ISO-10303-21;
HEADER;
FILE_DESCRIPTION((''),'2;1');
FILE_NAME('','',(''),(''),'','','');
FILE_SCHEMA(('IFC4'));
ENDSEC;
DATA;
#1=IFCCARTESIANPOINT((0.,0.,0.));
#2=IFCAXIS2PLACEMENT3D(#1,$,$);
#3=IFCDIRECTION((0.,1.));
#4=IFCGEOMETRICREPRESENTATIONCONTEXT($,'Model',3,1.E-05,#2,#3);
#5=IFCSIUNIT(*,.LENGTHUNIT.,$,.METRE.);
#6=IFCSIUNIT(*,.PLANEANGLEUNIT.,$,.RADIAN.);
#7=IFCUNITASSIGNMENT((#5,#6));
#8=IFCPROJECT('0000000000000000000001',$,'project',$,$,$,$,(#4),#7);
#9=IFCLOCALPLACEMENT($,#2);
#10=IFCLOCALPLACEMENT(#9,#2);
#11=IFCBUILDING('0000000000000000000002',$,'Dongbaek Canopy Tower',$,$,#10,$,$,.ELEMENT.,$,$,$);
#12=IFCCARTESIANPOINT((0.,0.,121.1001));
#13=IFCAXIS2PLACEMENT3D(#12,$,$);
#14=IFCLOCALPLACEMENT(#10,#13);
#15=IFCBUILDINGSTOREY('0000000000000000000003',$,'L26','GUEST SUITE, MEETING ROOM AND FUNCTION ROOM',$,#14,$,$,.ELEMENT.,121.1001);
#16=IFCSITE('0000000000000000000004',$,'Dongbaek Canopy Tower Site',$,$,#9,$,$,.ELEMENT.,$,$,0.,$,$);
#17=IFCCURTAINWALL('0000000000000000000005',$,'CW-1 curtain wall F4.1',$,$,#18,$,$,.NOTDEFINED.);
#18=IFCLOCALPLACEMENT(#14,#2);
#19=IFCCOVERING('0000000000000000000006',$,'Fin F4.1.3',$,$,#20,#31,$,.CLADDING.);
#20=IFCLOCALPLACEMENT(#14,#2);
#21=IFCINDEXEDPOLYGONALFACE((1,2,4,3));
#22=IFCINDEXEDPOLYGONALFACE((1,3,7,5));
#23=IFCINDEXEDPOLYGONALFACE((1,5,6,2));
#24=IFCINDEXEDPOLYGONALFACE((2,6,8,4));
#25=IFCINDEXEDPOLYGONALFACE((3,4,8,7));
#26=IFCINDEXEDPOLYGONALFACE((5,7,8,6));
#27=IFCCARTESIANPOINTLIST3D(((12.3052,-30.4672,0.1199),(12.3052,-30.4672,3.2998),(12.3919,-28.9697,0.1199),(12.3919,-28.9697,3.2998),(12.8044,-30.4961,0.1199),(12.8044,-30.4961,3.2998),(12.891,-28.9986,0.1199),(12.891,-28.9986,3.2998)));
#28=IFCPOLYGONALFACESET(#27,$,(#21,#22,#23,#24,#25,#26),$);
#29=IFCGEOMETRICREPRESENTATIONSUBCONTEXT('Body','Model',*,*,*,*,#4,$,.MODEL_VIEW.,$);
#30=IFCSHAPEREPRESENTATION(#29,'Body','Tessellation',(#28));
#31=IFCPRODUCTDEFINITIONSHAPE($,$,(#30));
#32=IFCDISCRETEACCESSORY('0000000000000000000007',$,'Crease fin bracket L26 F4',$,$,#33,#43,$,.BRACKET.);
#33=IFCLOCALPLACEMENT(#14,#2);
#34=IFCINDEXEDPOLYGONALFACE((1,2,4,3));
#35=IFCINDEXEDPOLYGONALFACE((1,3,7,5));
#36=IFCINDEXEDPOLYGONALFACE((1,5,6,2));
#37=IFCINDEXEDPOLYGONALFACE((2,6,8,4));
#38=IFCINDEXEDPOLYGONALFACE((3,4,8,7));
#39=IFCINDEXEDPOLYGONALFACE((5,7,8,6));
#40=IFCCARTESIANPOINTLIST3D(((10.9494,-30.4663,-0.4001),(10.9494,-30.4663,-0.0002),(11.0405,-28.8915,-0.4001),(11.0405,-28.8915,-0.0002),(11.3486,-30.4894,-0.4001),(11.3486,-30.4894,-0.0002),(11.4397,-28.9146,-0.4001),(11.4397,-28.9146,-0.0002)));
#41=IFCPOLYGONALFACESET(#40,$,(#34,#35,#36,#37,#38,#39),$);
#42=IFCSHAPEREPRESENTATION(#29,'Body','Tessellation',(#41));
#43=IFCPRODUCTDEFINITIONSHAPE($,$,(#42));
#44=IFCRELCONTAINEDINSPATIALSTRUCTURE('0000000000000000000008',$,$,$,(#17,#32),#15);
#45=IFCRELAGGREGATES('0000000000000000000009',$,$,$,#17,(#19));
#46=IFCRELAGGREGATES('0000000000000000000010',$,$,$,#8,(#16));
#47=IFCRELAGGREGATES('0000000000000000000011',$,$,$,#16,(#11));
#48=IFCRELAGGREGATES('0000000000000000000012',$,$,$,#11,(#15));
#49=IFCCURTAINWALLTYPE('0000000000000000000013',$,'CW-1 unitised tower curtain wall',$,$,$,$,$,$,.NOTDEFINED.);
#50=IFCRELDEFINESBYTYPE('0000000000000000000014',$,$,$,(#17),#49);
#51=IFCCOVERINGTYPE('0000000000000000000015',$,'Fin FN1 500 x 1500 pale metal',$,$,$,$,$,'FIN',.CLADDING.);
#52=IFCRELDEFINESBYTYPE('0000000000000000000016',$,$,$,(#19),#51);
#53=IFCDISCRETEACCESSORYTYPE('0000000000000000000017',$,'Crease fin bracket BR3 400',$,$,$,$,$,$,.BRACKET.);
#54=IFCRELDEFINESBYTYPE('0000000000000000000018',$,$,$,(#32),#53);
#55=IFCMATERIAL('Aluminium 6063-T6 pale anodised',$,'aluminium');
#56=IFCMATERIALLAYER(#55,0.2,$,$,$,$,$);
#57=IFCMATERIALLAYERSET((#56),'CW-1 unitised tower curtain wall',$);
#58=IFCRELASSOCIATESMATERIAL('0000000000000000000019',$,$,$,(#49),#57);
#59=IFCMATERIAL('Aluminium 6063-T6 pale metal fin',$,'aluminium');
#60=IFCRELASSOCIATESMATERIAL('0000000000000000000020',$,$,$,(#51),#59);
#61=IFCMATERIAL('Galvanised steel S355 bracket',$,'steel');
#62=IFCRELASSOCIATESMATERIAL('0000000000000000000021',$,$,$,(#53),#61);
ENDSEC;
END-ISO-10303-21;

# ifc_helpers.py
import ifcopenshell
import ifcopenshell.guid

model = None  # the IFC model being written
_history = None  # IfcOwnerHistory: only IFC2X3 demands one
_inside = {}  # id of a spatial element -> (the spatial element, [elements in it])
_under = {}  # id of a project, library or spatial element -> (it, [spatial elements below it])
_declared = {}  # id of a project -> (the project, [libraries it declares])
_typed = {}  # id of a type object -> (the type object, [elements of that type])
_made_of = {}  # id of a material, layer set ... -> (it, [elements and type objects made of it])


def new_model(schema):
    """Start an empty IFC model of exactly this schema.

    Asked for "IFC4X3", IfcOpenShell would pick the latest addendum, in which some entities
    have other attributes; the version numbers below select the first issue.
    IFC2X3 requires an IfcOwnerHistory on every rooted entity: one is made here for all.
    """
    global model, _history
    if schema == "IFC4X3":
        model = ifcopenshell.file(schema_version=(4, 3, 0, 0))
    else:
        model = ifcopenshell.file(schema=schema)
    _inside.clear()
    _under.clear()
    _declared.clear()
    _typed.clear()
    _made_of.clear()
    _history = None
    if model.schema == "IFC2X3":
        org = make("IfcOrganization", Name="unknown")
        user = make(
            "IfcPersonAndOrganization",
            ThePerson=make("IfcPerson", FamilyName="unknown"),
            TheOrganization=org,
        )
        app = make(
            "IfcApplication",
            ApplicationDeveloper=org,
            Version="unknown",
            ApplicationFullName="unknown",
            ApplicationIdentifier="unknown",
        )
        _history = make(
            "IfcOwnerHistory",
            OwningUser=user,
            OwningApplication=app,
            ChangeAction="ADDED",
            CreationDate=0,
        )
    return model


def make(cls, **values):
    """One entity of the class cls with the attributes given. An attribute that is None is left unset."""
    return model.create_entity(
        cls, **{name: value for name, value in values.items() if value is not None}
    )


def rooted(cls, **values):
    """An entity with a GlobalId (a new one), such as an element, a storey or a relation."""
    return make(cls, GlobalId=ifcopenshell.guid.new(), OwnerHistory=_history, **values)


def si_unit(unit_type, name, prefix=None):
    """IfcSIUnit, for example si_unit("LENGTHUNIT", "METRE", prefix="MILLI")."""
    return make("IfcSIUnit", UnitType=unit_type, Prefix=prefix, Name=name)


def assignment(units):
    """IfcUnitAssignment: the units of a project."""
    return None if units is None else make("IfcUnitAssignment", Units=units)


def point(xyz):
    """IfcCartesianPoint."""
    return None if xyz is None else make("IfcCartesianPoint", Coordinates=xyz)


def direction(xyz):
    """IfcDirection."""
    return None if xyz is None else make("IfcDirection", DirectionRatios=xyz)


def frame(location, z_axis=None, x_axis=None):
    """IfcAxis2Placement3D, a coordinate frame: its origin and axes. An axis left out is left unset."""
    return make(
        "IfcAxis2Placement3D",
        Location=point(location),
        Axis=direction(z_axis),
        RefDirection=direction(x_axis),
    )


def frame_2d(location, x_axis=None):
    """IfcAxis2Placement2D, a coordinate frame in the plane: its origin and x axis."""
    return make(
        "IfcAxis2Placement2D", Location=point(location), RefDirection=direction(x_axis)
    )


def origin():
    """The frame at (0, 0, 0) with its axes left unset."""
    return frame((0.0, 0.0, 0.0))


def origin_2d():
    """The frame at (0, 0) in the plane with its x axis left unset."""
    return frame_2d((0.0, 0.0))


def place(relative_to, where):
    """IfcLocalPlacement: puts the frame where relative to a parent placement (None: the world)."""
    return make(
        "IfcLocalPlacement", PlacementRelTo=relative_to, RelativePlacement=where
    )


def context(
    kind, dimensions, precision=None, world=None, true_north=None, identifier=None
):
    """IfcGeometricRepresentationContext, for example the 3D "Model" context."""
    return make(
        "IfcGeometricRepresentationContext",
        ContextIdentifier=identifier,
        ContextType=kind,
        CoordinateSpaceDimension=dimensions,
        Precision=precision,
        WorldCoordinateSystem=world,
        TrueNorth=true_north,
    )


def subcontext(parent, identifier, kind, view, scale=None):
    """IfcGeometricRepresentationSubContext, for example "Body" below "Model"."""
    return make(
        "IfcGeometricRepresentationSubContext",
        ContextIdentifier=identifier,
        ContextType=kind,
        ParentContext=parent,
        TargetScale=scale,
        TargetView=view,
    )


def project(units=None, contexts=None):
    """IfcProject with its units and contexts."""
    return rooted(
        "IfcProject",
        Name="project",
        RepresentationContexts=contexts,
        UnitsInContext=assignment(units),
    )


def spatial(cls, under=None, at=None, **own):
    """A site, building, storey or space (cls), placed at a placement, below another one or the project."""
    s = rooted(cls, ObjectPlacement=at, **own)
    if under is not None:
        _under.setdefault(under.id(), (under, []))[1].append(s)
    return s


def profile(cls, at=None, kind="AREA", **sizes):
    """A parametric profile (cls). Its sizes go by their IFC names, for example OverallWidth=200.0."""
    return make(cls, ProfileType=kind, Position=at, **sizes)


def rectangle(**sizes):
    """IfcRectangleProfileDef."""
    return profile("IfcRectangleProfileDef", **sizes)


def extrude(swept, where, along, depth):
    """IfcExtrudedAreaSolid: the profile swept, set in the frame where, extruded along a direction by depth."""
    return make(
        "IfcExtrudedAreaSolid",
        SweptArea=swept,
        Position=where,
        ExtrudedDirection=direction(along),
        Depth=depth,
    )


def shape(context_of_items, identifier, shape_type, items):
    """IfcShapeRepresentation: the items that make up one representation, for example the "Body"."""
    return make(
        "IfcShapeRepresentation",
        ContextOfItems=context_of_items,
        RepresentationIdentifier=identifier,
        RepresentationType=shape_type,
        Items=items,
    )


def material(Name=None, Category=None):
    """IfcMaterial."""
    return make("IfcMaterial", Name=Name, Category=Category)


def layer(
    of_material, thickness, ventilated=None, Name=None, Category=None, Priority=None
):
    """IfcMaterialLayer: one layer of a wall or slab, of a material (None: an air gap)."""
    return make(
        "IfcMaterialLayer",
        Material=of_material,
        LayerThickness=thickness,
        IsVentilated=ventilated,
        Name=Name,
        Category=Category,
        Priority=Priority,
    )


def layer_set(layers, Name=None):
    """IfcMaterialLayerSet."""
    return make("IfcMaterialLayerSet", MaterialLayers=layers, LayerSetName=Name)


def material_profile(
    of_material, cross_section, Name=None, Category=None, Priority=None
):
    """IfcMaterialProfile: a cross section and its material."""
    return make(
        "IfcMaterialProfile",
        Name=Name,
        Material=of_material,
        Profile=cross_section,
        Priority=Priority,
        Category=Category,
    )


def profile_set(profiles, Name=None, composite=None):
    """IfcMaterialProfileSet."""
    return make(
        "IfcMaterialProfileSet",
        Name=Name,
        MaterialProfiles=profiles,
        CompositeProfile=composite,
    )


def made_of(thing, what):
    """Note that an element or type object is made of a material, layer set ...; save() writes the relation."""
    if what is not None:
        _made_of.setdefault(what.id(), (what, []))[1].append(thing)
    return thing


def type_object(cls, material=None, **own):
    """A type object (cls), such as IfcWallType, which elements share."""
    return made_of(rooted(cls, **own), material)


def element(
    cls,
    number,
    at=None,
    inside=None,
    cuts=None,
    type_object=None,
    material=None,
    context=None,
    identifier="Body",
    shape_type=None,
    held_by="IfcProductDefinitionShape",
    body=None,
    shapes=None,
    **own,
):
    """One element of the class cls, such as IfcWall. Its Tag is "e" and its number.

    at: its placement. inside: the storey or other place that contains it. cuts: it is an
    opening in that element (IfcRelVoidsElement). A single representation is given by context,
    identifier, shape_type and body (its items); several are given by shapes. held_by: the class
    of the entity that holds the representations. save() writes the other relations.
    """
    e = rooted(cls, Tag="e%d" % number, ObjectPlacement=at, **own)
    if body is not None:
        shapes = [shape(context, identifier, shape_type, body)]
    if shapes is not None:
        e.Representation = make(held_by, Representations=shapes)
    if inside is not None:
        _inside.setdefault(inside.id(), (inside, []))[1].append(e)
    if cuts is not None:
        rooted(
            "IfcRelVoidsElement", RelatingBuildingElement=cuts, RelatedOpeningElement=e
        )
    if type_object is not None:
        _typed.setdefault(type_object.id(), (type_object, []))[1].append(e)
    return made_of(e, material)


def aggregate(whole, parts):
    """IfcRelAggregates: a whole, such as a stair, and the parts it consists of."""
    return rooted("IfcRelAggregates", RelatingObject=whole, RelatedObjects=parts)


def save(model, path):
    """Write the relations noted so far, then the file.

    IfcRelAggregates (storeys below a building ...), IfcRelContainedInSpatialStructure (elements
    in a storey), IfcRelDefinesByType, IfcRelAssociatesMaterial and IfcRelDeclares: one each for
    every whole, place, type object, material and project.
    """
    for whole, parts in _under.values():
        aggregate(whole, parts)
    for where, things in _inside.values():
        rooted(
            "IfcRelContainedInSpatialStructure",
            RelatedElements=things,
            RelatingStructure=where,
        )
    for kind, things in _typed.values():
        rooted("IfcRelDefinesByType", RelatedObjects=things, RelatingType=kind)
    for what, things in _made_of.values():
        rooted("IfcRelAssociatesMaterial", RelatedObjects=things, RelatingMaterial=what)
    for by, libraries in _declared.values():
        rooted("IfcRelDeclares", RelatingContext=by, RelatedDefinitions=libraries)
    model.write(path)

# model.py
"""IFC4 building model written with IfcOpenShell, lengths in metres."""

from ifc_helpers import new_model, si_unit, direction, frame, origin, origin_2d, place, context, subcontext, project, spatial, rectangle, extrude, material, layer, layer_set, material_profile, profile_set, type_object, element, aggregate, save


model = new_model("IFC4")

# Units and contexts
model_context = context("Model", 3, precision=1e-05, world=origin(), true_north=direction((0.0, 1.0)))
body_context = subcontext(model_context, "Body", "Model", "MODEL_VIEW")
ifc_project = project(units=[si_unit("LENGTHUNIT", "METRE"), si_unit("PLANEANGLEUNIT", "RADIAN")], contexts=[model_context])

# Site, building, storey
site_placement = place(None, origin())
site = spatial("IfcSite", under=ifc_project, at=site_placement, Name="Dongbaek Canopy Tower Site", CompositionType="ELEMENT", RefElevation=0.0)
building_placement = place(site_placement, origin())
building = spatial("IfcBuilding", under=site, at=building_placement, Name="Dongbaek Canopy Tower", CompositionType="ELEMENT")
storey_placement = place(building_placement, frame((0.0, 0.0, 121.1001)))
storey = spatial("IfcBuildingStorey", under=building, at=storey_placement, Name="L26", Description="GUEST SUITE, MEETING ROOM AND FUNCTION ROOM", CompositionType="ELEMENT", Elevation=121.1001)

# Curtain wall
ifc_material_1 = material(Name="Aluminium 6063-T6 pale anodised", Category="aluminium")
ifc_layer_1 = layer(ifc_material_1, 0.2)
ifc_layer_set_1 = layer_set([ifc_layer_1], Name="CW-1 unitised tower curtain wall")
curtain_wall_type = type_object("IfcCurtainWallType", Name="CW-1 unitised tower curtain wall", PredefinedType="NOTDEFINED", material=ifc_layer_set_1)
curtain_wall_placement = place(storey_placement, origin())
curtain_wall = element("IfcCurtainWall", 1, at=curtain_wall_placement, inside=storey, type_object=curtain_wall_type, Name="CW-1 curtain wall F4.1", PredefinedType="NOTDEFINED")

# Covering
ifc_material_2 = material(Name="Aluminium 6063-T6 pale metal fin", Category="aluminium")
ifc_material_profile_1 = material_profile(ifc_material_2, rectangle(XDim=1.5, YDim=0.5, at=origin_2d()), Name="Fin FN1 500 x 1500 pale metal")
ifc_profile_set_1 = profile_set([ifc_material_profile_1], Name="Aluminium 6063-T6 pale metal fin")
covering_type_1 = type_object("IfcCoveringType", Name="Fin FN1 500 x 1500 pale metal", ElementType="FIN", PredefinedType="CLADDING", material=ifc_profile_set_1)
covering_1_placement = place(storey_placement, frame((12.5981, -29.7329, 0.1199), z_axis=(0.0, 0.0, 1.0), x_axis=(-0.057753, -0.998331, 0.0)))
covering_1 = element("IfcCovering", 2, at=covering_1_placement, type_object=covering_type_1, Name="Fin F4.1.3", PredefinedType="CLADDING", context=body_context, shape_type="SweptSolid", body=[
    extrude(rectangle(XDim=1.5, YDim=0.5, at=origin_2d()), origin(), (0.0, 0.0, 1.0), 3.1799),
])
aggregate(curtain_wall, [covering_1])

# Discrete accessory
ifc_material_3 = material(Name="Galvanised steel S355 bracket", Category="steel")
discrete_accessory_type = type_object("IfcDiscreteAccessoryType", Name="Crease fin bracket BR3 400", PredefinedType="BRACKET", material=ifc_material_3)
discrete_accessory_placement = place(storey_placement, frame((11.1946, -29.6904, -0.4001), z_axis=(0.0, 0.0, 1.0), x_axis=(-0.057754, -0.998331, 0.0)))
element("IfcDiscreteAccessory", 3, at=discrete_accessory_placement, inside=storey, type_object=discrete_accessory_type, Name="Crease fin bracket L26 F4", PredefinedType="BRACKET", context=body_context, shape_type="SweptSolid", body=[
    extrude(rectangle(XDim=1.5774, YDim=0.3999, at=origin_2d()), origin(), (0.0, 0.0, 1.0), 0.3999),
])

save(model, "model.ifc")
